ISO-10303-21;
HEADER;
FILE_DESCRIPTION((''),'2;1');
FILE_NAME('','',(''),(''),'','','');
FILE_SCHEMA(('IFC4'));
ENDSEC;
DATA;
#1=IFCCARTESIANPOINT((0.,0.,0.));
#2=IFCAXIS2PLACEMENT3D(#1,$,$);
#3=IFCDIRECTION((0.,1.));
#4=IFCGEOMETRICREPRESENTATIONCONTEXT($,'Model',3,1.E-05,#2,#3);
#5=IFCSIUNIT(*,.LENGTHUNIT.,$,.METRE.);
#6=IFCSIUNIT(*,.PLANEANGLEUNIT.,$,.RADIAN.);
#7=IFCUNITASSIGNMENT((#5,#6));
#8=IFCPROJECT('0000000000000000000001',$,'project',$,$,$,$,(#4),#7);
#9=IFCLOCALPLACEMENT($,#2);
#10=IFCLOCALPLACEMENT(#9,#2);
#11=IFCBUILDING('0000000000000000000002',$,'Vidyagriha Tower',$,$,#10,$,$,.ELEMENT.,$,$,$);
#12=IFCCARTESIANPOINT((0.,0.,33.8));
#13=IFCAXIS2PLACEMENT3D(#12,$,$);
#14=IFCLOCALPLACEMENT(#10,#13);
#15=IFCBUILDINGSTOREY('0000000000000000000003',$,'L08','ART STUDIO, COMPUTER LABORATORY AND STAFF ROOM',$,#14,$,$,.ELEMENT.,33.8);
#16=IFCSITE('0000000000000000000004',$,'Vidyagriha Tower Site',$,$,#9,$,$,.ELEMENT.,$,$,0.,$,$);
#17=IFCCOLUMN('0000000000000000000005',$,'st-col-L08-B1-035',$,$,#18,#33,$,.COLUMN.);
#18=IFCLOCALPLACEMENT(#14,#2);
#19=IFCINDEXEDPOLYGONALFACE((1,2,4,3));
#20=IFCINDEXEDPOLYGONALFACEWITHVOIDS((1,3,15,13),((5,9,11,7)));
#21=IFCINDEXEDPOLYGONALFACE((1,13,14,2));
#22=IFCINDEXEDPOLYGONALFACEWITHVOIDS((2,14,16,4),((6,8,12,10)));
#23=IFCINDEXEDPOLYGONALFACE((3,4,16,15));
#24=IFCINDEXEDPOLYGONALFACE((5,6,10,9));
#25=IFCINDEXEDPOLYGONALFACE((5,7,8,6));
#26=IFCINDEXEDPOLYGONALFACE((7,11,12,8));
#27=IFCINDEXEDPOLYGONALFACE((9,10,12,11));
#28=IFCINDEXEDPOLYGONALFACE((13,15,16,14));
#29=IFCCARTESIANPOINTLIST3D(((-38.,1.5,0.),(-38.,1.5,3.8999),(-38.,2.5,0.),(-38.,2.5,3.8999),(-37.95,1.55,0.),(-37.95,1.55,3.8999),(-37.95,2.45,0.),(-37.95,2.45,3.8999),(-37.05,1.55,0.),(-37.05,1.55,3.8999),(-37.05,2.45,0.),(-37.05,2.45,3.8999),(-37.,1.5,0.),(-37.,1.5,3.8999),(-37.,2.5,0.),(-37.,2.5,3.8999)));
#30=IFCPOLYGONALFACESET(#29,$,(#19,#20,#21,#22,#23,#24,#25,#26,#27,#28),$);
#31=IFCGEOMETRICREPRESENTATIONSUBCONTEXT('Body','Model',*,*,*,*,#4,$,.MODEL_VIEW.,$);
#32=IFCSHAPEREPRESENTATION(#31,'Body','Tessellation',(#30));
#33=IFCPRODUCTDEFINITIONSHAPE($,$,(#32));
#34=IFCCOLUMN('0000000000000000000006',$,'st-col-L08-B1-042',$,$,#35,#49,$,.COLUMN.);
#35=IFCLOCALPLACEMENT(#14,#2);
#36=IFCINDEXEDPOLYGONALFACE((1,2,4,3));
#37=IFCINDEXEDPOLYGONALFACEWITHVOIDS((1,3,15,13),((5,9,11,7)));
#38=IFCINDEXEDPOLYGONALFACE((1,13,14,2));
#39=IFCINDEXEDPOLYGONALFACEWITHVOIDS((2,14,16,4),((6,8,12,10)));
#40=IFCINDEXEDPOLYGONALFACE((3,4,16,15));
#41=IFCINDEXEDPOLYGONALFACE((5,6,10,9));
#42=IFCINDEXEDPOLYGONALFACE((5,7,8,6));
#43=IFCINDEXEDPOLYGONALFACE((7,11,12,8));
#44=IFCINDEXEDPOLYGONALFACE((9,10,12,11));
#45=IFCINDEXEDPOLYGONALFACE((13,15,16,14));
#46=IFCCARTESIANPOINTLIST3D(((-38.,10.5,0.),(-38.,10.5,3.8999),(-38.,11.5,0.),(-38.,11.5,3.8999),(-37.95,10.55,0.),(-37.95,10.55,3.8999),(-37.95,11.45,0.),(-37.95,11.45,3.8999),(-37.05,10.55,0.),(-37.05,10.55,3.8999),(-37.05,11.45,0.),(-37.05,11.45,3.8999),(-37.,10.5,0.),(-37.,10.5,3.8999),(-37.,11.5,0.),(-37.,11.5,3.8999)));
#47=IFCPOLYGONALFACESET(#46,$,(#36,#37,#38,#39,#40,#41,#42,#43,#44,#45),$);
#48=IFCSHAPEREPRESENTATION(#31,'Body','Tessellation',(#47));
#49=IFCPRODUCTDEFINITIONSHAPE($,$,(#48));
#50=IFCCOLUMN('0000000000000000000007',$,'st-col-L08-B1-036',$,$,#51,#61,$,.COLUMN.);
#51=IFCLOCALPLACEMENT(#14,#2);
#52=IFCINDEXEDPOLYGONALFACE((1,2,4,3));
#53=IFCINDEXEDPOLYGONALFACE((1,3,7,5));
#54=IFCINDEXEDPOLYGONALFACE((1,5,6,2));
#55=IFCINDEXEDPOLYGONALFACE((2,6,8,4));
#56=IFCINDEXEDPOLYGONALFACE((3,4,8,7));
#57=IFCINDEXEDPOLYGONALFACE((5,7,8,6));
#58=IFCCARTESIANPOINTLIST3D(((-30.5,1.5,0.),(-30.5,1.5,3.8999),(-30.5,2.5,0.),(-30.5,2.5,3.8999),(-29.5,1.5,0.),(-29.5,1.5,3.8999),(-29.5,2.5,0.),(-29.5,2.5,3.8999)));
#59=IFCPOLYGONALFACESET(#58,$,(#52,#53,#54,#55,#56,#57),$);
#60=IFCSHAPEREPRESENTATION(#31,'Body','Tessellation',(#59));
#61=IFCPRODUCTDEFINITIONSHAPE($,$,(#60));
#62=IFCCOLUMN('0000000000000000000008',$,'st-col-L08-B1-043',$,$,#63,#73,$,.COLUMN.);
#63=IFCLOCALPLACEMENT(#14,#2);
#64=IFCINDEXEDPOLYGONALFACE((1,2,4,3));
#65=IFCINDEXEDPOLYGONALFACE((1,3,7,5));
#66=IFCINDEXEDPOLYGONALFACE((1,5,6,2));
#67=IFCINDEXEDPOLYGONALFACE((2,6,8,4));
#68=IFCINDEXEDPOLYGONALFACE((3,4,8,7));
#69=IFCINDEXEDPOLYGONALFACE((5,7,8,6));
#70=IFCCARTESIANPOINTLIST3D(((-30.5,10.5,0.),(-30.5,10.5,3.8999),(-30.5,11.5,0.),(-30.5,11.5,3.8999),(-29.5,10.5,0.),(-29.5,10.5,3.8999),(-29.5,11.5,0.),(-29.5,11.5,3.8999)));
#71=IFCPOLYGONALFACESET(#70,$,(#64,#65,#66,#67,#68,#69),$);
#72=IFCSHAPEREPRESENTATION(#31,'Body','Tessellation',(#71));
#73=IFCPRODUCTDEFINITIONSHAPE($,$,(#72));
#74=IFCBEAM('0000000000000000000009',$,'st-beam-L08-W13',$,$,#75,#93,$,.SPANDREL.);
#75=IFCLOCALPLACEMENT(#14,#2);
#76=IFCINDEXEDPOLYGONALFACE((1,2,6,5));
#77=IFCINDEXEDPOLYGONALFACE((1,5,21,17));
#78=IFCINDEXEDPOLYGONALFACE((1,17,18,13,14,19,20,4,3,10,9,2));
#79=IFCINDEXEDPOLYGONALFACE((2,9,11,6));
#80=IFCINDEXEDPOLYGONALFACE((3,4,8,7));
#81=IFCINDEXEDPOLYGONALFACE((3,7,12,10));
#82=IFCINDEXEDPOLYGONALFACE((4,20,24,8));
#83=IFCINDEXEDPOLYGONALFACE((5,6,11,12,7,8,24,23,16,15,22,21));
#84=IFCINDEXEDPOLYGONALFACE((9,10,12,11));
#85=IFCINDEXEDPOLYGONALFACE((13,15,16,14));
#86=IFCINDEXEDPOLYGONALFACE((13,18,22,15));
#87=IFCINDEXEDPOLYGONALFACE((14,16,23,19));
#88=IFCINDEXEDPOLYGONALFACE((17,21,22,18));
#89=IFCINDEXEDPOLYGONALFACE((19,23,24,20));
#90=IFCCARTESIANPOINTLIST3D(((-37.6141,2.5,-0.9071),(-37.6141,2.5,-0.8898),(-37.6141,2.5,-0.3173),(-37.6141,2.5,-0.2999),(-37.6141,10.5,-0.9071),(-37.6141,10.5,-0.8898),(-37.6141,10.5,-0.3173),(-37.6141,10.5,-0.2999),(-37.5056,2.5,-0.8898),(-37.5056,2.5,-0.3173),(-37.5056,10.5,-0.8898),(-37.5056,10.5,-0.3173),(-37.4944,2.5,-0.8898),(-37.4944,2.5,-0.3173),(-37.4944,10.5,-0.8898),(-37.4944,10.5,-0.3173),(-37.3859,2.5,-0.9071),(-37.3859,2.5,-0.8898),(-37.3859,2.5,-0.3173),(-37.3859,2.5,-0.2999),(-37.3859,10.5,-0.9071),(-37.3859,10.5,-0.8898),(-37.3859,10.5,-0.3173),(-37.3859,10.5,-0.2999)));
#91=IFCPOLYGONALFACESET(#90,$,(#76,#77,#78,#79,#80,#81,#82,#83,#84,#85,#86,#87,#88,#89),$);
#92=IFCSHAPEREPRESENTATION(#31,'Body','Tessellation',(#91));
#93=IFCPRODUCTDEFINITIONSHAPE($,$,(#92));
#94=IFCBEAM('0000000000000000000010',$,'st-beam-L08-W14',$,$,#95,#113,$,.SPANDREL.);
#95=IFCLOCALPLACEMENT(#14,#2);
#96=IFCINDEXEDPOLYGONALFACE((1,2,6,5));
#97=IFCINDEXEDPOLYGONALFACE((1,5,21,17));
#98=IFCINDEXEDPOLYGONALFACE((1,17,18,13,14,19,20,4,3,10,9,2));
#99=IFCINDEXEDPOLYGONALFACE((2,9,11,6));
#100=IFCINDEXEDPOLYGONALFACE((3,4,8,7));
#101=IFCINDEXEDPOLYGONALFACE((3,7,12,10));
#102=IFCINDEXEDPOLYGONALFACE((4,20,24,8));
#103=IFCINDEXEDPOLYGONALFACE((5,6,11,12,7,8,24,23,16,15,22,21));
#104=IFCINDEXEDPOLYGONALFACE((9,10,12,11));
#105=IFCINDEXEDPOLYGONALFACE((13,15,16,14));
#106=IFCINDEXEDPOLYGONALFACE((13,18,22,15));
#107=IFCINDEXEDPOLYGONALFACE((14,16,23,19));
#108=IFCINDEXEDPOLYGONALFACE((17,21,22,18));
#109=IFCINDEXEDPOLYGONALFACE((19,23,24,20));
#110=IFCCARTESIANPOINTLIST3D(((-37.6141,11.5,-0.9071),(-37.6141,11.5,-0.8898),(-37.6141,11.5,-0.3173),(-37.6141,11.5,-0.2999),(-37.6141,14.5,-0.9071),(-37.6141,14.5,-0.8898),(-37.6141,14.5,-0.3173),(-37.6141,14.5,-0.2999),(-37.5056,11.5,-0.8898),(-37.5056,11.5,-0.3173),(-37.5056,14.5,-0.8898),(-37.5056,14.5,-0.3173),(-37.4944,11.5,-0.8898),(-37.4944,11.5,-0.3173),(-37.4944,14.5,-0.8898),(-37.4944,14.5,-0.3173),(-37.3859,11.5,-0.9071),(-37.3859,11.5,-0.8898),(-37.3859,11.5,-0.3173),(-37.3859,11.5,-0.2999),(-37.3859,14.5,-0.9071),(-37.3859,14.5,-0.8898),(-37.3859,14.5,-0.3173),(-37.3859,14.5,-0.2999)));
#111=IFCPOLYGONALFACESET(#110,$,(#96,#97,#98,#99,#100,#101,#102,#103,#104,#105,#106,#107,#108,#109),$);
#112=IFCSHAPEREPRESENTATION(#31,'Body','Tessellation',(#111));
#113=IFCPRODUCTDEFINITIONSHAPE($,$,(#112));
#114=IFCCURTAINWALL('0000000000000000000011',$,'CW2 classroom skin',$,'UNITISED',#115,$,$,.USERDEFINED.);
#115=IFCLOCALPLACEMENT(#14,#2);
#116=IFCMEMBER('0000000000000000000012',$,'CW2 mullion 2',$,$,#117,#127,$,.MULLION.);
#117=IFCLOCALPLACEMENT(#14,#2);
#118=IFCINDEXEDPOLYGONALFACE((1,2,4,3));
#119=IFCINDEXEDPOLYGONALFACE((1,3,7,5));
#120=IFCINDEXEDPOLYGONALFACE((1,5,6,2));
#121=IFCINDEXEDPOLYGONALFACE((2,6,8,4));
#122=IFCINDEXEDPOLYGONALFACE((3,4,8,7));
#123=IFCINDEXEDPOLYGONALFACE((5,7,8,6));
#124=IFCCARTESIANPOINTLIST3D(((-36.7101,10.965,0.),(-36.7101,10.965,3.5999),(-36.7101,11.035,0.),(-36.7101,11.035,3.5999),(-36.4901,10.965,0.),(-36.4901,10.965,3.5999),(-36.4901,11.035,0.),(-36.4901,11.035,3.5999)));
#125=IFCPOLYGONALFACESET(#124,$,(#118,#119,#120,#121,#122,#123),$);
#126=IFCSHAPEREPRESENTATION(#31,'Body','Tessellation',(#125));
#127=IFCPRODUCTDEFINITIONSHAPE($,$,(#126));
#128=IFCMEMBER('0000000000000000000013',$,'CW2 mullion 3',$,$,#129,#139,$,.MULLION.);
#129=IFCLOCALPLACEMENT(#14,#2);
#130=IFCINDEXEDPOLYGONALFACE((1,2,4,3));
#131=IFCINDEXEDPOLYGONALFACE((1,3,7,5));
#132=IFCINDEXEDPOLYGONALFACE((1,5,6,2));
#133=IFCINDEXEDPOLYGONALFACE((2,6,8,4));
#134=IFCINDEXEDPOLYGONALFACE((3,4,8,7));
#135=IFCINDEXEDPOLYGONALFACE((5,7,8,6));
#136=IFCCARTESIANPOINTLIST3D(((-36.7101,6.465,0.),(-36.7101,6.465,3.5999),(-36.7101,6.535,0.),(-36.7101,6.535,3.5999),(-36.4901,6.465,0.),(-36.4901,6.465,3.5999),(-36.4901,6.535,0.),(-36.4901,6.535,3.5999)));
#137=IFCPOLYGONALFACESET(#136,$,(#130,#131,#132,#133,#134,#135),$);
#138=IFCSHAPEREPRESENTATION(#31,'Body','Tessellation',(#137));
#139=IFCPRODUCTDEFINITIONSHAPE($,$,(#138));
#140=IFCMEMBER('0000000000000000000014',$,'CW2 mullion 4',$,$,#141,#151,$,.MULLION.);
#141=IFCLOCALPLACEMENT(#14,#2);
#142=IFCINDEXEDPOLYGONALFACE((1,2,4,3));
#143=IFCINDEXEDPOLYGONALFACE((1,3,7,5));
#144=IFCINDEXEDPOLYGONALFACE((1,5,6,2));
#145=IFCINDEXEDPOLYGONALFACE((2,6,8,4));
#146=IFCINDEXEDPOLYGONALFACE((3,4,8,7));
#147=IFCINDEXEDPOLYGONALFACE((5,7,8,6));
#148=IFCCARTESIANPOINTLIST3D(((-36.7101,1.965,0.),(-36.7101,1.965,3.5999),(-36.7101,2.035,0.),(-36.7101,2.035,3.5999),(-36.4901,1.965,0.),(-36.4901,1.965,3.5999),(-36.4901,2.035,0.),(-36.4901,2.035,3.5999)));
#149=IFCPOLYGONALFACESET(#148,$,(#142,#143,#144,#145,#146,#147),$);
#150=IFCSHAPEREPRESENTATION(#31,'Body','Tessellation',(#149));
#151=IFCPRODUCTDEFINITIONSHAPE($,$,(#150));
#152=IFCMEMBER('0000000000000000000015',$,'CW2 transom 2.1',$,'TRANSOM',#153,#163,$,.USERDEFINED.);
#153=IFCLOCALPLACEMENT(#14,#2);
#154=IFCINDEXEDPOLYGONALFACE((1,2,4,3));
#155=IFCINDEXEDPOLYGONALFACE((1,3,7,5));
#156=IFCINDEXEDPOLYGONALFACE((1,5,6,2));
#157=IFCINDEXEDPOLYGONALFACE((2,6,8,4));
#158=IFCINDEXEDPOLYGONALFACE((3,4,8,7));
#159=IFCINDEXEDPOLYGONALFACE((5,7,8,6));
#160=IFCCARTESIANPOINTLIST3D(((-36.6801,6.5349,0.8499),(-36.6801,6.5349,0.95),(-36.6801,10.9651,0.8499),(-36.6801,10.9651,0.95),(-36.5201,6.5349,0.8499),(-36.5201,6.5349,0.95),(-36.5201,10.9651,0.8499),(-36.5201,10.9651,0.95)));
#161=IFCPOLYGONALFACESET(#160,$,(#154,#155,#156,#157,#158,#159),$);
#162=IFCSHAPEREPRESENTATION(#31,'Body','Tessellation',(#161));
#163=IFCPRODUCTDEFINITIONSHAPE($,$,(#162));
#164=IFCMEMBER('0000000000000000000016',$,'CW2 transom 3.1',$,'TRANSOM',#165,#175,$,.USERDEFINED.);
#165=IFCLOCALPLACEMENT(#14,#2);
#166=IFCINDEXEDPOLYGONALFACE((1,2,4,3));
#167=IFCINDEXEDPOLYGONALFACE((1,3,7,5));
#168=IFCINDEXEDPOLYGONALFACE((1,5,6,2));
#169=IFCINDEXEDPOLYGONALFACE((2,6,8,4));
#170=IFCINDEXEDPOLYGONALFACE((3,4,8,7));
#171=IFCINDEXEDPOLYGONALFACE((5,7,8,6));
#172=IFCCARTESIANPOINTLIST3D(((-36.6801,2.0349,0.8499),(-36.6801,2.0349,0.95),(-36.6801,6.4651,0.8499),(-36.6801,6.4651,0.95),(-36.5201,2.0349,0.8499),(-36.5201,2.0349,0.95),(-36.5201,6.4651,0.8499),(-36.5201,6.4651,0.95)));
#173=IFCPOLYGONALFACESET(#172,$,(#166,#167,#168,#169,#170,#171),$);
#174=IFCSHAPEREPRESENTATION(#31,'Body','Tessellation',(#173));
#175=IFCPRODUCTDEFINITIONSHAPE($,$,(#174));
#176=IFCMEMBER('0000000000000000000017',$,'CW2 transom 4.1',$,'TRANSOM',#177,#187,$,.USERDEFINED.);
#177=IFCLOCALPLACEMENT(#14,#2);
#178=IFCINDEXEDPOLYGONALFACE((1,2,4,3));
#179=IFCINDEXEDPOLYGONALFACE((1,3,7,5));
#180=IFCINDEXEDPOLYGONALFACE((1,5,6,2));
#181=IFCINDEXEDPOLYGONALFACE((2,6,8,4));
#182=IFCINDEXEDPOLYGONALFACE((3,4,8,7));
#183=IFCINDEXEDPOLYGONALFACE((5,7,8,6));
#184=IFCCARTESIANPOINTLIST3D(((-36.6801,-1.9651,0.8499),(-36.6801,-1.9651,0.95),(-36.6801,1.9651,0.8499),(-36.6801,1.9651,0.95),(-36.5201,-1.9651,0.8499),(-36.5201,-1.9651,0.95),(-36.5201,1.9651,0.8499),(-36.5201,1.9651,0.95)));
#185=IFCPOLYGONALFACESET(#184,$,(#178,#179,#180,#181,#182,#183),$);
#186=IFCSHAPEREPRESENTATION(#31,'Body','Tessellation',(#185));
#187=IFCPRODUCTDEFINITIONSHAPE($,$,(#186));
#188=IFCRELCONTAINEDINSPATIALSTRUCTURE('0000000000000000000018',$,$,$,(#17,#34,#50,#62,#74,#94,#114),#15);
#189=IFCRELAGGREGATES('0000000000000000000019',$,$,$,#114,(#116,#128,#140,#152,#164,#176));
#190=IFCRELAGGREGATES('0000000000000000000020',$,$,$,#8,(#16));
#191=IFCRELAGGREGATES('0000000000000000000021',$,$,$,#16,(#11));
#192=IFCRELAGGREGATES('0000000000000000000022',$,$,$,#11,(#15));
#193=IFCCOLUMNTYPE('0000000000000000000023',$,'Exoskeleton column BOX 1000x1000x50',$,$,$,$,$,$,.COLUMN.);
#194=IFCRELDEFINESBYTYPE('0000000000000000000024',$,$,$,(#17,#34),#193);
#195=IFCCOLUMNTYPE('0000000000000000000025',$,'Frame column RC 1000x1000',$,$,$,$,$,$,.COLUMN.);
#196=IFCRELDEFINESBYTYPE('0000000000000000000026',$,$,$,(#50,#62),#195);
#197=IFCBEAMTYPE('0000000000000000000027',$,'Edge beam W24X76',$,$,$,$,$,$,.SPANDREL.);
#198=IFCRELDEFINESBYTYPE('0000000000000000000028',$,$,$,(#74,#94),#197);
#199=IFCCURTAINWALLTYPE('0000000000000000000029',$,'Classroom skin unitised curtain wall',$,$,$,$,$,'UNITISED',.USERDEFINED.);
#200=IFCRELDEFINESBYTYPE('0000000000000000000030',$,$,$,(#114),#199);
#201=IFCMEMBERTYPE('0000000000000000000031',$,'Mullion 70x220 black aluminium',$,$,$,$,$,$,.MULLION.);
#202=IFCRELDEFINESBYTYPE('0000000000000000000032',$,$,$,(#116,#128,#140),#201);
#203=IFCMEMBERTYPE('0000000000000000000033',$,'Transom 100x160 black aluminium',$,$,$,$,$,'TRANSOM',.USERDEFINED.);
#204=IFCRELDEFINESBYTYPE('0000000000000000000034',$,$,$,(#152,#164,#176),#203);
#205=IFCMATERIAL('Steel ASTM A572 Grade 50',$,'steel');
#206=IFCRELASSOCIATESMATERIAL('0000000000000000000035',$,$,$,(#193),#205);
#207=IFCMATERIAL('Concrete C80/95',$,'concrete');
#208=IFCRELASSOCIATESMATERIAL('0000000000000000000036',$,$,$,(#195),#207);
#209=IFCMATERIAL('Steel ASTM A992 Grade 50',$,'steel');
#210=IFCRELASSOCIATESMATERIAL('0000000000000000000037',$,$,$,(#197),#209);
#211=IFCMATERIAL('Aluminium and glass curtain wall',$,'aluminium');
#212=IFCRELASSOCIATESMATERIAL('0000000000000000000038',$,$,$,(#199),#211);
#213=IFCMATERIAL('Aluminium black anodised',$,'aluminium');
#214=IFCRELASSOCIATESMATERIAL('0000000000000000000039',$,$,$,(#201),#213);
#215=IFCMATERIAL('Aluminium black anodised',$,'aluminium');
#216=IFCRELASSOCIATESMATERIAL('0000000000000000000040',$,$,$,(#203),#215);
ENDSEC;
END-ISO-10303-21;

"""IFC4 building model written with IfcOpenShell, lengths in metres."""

from ifc_helpers import new_model, si_unit, direction, frame, origin, origin_2d, place, context, subcontext, project, spatial, rectangle, hollow_rectangle, i_section, extrude, material, material_profile, profile_set, type_object, element, aggregate, save


model = new_model("IFC4")

# Units and contexts
model_context = context("Model", 3, precision=1e-05, world=origin(), true_north=direction((0.0, 1.0)))
body_context = subcontext(model_context, "Body", "Model", "MODEL_VIEW")
ifc_project = project(units=[si_unit("LENGTHUNIT", "METRE"), si_unit("PLANEANGLEUNIT", "RADIAN")], contexts=[model_context])

# Site, building, storey
site_placement = place(None, origin())
site = spatial("IfcSite", under=ifc_project, at=site_placement, Name="Vidyagriha Tower Site", CompositionType="ELEMENT", RefElevation=0.0)
building_placement = place(site_placement, origin())
building = spatial("IfcBuilding", under=site, at=building_placement, Name="Vidyagriha Tower", CompositionType="ELEMENT")
storey_placement = place(building_placement, frame((0.0, 0.0, 33.8)))
storey = spatial("IfcBuildingStorey", under=building, at=storey_placement, Name="L08", Description="ART STUDIO, COMPUTER LABORATORY AND STAFF ROOM", CompositionType="ELEMENT", Elevation=33.8)

# Columns
ifc_material_1 = material(Name="Steel ASTM A572 Grade 50", Category="steel")
ifc_material_profile_1 = material_profile(ifc_material_1, hollow_rectangle(XDim=1.0, YDim=1.0, WallThickness=0.05, at=origin_2d()), Name="BOX 1000x1000x50")
ifc_profile_set_1 = profile_set([ifc_material_profile_1], Name="Steel ASTM A572 Grade 50")
column_type_1 = type_object("IfcColumnType", Name="Exoskeleton column BOX 1000x1000x50", PredefinedType="COLUMN", material=ifc_profile_set_1)
for number, where, name in (
    (1, (-37.5, 2.0, 0.0), "st-col-L08-B1-035"),
    (2, (-37.5, 11.0, 0.0), "st-col-L08-B1-042"),
):
    element("IfcColumn", number, at=place(storey_placement, frame(where)), inside=storey, type_object=column_type_1, Name=name, PredefinedType="COLUMN", context=body_context, shape_type="SweptSolid", body=[
        extrude(hollow_rectangle(XDim=1.0, YDim=1.0, WallThickness=0.05, at=origin_2d()), origin(), (0.0, 0.0, 1.0), 3.8999),
    ])
ifc_material_2 = material(Name="Concrete C80/95", Category="concrete")
ifc_material_profile_2 = material_profile(ifc_material_2, rectangle(XDim=1.0, YDim=1.0, at=origin_2d()), Name="RC 1000x1000")
ifc_profile_set_2 = profile_set([ifc_material_profile_2], Name="Concrete C80/95")
column_type_2 = type_object("IfcColumnType", Name="Frame column RC 1000x1000", PredefinedType="COLUMN", material=ifc_profile_set_2)
for number, where, name in (
    (3, (-30.0, 2.0, 0.0), "st-col-L08-B1-036"),
    (4, (-30.0, 11.0, 0.0), "st-col-L08-B1-043"),
):
    element("IfcColumn", number, at=place(storey_placement, frame(where)), inside=storey, type_object=column_type_2, Name=name, PredefinedType="COLUMN", context=body_context, shape_type="SweptSolid", body=[
        extrude(rectangle(XDim=1.0, YDim=1.0, at=origin_2d()), origin(), (0.0, 0.0, 1.0), 3.8999),
    ])

# Beams
ifc_material_3 = material(Name="Steel ASTM A992 Grade 50", Category="steel")
ifc_material_profile_3 = material_profile(ifc_material_3, i_section(OverallWidth=0.2283, OverallDepth=0.6072, WebThickness=0.0112, FlangeThickness=0.0173, at=origin_2d()), Name="W24X76")
ifc_profile_set_3 = profile_set([ifc_material_profile_3], Name="Steel ASTM A992 Grade 50")
beam_type = type_object("IfcBeamType", Name="Edge beam W24X76", PredefinedType="SPANDREL", material=ifc_profile_set_3)
beam_1_placement = place(storey_placement, frame((-37.5, 2.5, -0.6035), z_axis=(0.0, 1.0, 0.0), x_axis=(-1.0, 0.0, 0.0)))
element("IfcBeam", 5, at=beam_1_placement, inside=storey, type_object=beam_type, Name="st-beam-L08-W13", PredefinedType="SPANDREL", context=body_context, shape_type="SweptSolid", body=[
    extrude(i_section(OverallWidth=0.2283, OverallDepth=0.6072, WebThickness=0.0112, FlangeThickness=0.0173, at=origin_2d()), origin(), (0.0, 0.0, 1.0), 8.0),
])
beam_2_placement = place(storey_placement, frame((-37.5, 11.5, -0.6035), z_axis=(0.0, 1.0, 0.0), x_axis=(-1.0, 0.0, 0.0)))
element("IfcBeam", 6, at=beam_2_placement, inside=storey, type_object=beam_type, Name="st-beam-L08-W14", PredefinedType="SPANDREL", context=body_context, shape_type="SweptSolid", body=[
    extrude(i_section(OverallWidth=0.2283, OverallDepth=0.6072, WebThickness=0.0112, FlangeThickness=0.0173, at=origin_2d()), origin(), (0.0, 0.0, 1.0), 3.0),
])

# Curtain wall, members
ifc_material_4 = material(Name="Aluminium and glass curtain wall", Category="aluminium")
curtain_wall_type = type_object("IfcCurtainWallType", Name="Classroom skin unitised curtain wall", ElementType="UNITISED", PredefinedType="USERDEFINED", material=ifc_material_4)
curtain_wall_placement = place(storey_placement, origin())
curtain_wall = element("IfcCurtainWall", 7, at=curtain_wall_placement, inside=storey, type_object=curtain_wall_type, Name="CW2 classroom skin", ObjectType="UNITISED", PredefinedType="USERDEFINED")
ifc_material_5 = material(Name="Aluminium black anodised", Category="aluminium")
ifc_material_profile_4 = material_profile(ifc_material_5, rectangle(XDim=0.22, YDim=0.0701, at=origin_2d()), Name="Mullion 70x220 black aluminium")
ifc_profile_set_4 = profile_set([ifc_material_profile_4], Name="Aluminium black anodised")
member_type_1 = type_object("IfcMemberType", Name="Mullion 70x220 black aluminium", PredefinedType="MULLION", material=ifc_profile_set_4)
member_1_placement = place(storey_placement, frame((-36.6001, 11.0, 0.0)))
member_1 = element("IfcMember", 8, at=member_1_placement, type_object=member_type_1, Name="CW2 mullion 2", PredefinedType="MULLION", context=body_context, shape_type="SweptSolid", body=[
    extrude(rectangle(XDim=0.22, YDim=0.0701, at=origin_2d()), origin(), (0.0, 0.0, 1.0), 3.5999),
])
member_2_placement = place(storey_placement, frame((-36.6001, 6.5, 0.0)))
member_2 = element("IfcMember", 9, at=member_2_placement, type_object=member_type_1, Name="CW2 mullion 3", PredefinedType="MULLION", context=body_context, shape_type="SweptSolid", body=[
    extrude(rectangle(XDim=0.22, YDim=0.0701, at=origin_2d()), origin(), (0.0, 0.0, 1.0), 3.5999),
])
member_3_placement = place(storey_placement, frame((-36.6001, 2.0, 0.0)))
member_3 = element("IfcMember", 10, at=member_3_placement, type_object=member_type_1, Name="CW2 mullion 4", PredefinedType="MULLION", context=body_context, shape_type="SweptSolid", body=[
    extrude(rectangle(XDim=0.22, YDim=0.0701, at=origin_2d()), origin(), (0.0, 0.0, 1.0), 3.5999),
])
ifc_material_6 = material(Name="Aluminium black anodised", Category="aluminium")
ifc_material_profile_5 = material_profile(ifc_material_6, rectangle(XDim=0.1599, YDim=0.1001, at=origin_2d()), Name="Transom 100x160 black aluminium")
ifc_profile_set_5 = profile_set([ifc_material_profile_5], Name="Aluminium black anodised")
member_type_2 = type_object("IfcMemberType", Name="Transom 100x160 black aluminium", ElementType="TRANSOM", PredefinedType="USERDEFINED", material=ifc_profile_set_5)
member_4_placement = place(storey_placement, frame((-36.6001, 10.9651, 0.8999), z_axis=(0.0, -1.0, 0.0), x_axis=(1.0, 0.0, 0.0)))
member_4 = element("IfcMember", 11, at=member_4_placement, type_object=member_type_2, Name="CW2 transom 2.1", ObjectType="TRANSOM", PredefinedType="USERDEFINED", context=body_context, shape_type="SweptSolid", body=[
    extrude(rectangle(XDim=0.1599, YDim=0.1001, at=origin_2d()), origin(), (0.0, 0.0, 1.0), 4.4302),
])
member_5_placement = place(storey_placement, frame((-36.6001, 6.4651, 0.8999), z_axis=(0.0, -1.0, 0.0), x_axis=(1.0, 0.0, 0.0)))
member_5 = element("IfcMember", 12, at=member_5_placement, type_object=member_type_2, Name="CW2 transom 3.1", ObjectType="TRANSOM", PredefinedType="USERDEFINED", context=body_context, shape_type="SweptSolid", body=[
    extrude(rectangle(XDim=0.1599, YDim=0.1001, at=origin_2d()), origin(), (0.0, 0.0, 1.0), 4.4302),
])
member_6_placement = place(storey_placement, frame((-36.6001, 1.9651, 0.8999), z_axis=(0.0, -1.0, 0.0), x_axis=(1.0, 0.0, 0.0)))
member_6 = element("IfcMember", 13, at=member_6_placement, type_object=member_type_2, Name="CW2 transom 4.1", ObjectType="TRANSOM", PredefinedType="USERDEFINED", context=body_context, shape_type="SweptSolid", body=[
    extrude(rectangle(XDim=0.1599, YDim=0.1001, at=origin_2d()), origin(), (0.0, 0.0, 1.0), 3.9302),
])
aggregate(curtain_wall, [member_1, member_2, member_3, member_4, member_5, member_6])

save(model, "model.ifc")
